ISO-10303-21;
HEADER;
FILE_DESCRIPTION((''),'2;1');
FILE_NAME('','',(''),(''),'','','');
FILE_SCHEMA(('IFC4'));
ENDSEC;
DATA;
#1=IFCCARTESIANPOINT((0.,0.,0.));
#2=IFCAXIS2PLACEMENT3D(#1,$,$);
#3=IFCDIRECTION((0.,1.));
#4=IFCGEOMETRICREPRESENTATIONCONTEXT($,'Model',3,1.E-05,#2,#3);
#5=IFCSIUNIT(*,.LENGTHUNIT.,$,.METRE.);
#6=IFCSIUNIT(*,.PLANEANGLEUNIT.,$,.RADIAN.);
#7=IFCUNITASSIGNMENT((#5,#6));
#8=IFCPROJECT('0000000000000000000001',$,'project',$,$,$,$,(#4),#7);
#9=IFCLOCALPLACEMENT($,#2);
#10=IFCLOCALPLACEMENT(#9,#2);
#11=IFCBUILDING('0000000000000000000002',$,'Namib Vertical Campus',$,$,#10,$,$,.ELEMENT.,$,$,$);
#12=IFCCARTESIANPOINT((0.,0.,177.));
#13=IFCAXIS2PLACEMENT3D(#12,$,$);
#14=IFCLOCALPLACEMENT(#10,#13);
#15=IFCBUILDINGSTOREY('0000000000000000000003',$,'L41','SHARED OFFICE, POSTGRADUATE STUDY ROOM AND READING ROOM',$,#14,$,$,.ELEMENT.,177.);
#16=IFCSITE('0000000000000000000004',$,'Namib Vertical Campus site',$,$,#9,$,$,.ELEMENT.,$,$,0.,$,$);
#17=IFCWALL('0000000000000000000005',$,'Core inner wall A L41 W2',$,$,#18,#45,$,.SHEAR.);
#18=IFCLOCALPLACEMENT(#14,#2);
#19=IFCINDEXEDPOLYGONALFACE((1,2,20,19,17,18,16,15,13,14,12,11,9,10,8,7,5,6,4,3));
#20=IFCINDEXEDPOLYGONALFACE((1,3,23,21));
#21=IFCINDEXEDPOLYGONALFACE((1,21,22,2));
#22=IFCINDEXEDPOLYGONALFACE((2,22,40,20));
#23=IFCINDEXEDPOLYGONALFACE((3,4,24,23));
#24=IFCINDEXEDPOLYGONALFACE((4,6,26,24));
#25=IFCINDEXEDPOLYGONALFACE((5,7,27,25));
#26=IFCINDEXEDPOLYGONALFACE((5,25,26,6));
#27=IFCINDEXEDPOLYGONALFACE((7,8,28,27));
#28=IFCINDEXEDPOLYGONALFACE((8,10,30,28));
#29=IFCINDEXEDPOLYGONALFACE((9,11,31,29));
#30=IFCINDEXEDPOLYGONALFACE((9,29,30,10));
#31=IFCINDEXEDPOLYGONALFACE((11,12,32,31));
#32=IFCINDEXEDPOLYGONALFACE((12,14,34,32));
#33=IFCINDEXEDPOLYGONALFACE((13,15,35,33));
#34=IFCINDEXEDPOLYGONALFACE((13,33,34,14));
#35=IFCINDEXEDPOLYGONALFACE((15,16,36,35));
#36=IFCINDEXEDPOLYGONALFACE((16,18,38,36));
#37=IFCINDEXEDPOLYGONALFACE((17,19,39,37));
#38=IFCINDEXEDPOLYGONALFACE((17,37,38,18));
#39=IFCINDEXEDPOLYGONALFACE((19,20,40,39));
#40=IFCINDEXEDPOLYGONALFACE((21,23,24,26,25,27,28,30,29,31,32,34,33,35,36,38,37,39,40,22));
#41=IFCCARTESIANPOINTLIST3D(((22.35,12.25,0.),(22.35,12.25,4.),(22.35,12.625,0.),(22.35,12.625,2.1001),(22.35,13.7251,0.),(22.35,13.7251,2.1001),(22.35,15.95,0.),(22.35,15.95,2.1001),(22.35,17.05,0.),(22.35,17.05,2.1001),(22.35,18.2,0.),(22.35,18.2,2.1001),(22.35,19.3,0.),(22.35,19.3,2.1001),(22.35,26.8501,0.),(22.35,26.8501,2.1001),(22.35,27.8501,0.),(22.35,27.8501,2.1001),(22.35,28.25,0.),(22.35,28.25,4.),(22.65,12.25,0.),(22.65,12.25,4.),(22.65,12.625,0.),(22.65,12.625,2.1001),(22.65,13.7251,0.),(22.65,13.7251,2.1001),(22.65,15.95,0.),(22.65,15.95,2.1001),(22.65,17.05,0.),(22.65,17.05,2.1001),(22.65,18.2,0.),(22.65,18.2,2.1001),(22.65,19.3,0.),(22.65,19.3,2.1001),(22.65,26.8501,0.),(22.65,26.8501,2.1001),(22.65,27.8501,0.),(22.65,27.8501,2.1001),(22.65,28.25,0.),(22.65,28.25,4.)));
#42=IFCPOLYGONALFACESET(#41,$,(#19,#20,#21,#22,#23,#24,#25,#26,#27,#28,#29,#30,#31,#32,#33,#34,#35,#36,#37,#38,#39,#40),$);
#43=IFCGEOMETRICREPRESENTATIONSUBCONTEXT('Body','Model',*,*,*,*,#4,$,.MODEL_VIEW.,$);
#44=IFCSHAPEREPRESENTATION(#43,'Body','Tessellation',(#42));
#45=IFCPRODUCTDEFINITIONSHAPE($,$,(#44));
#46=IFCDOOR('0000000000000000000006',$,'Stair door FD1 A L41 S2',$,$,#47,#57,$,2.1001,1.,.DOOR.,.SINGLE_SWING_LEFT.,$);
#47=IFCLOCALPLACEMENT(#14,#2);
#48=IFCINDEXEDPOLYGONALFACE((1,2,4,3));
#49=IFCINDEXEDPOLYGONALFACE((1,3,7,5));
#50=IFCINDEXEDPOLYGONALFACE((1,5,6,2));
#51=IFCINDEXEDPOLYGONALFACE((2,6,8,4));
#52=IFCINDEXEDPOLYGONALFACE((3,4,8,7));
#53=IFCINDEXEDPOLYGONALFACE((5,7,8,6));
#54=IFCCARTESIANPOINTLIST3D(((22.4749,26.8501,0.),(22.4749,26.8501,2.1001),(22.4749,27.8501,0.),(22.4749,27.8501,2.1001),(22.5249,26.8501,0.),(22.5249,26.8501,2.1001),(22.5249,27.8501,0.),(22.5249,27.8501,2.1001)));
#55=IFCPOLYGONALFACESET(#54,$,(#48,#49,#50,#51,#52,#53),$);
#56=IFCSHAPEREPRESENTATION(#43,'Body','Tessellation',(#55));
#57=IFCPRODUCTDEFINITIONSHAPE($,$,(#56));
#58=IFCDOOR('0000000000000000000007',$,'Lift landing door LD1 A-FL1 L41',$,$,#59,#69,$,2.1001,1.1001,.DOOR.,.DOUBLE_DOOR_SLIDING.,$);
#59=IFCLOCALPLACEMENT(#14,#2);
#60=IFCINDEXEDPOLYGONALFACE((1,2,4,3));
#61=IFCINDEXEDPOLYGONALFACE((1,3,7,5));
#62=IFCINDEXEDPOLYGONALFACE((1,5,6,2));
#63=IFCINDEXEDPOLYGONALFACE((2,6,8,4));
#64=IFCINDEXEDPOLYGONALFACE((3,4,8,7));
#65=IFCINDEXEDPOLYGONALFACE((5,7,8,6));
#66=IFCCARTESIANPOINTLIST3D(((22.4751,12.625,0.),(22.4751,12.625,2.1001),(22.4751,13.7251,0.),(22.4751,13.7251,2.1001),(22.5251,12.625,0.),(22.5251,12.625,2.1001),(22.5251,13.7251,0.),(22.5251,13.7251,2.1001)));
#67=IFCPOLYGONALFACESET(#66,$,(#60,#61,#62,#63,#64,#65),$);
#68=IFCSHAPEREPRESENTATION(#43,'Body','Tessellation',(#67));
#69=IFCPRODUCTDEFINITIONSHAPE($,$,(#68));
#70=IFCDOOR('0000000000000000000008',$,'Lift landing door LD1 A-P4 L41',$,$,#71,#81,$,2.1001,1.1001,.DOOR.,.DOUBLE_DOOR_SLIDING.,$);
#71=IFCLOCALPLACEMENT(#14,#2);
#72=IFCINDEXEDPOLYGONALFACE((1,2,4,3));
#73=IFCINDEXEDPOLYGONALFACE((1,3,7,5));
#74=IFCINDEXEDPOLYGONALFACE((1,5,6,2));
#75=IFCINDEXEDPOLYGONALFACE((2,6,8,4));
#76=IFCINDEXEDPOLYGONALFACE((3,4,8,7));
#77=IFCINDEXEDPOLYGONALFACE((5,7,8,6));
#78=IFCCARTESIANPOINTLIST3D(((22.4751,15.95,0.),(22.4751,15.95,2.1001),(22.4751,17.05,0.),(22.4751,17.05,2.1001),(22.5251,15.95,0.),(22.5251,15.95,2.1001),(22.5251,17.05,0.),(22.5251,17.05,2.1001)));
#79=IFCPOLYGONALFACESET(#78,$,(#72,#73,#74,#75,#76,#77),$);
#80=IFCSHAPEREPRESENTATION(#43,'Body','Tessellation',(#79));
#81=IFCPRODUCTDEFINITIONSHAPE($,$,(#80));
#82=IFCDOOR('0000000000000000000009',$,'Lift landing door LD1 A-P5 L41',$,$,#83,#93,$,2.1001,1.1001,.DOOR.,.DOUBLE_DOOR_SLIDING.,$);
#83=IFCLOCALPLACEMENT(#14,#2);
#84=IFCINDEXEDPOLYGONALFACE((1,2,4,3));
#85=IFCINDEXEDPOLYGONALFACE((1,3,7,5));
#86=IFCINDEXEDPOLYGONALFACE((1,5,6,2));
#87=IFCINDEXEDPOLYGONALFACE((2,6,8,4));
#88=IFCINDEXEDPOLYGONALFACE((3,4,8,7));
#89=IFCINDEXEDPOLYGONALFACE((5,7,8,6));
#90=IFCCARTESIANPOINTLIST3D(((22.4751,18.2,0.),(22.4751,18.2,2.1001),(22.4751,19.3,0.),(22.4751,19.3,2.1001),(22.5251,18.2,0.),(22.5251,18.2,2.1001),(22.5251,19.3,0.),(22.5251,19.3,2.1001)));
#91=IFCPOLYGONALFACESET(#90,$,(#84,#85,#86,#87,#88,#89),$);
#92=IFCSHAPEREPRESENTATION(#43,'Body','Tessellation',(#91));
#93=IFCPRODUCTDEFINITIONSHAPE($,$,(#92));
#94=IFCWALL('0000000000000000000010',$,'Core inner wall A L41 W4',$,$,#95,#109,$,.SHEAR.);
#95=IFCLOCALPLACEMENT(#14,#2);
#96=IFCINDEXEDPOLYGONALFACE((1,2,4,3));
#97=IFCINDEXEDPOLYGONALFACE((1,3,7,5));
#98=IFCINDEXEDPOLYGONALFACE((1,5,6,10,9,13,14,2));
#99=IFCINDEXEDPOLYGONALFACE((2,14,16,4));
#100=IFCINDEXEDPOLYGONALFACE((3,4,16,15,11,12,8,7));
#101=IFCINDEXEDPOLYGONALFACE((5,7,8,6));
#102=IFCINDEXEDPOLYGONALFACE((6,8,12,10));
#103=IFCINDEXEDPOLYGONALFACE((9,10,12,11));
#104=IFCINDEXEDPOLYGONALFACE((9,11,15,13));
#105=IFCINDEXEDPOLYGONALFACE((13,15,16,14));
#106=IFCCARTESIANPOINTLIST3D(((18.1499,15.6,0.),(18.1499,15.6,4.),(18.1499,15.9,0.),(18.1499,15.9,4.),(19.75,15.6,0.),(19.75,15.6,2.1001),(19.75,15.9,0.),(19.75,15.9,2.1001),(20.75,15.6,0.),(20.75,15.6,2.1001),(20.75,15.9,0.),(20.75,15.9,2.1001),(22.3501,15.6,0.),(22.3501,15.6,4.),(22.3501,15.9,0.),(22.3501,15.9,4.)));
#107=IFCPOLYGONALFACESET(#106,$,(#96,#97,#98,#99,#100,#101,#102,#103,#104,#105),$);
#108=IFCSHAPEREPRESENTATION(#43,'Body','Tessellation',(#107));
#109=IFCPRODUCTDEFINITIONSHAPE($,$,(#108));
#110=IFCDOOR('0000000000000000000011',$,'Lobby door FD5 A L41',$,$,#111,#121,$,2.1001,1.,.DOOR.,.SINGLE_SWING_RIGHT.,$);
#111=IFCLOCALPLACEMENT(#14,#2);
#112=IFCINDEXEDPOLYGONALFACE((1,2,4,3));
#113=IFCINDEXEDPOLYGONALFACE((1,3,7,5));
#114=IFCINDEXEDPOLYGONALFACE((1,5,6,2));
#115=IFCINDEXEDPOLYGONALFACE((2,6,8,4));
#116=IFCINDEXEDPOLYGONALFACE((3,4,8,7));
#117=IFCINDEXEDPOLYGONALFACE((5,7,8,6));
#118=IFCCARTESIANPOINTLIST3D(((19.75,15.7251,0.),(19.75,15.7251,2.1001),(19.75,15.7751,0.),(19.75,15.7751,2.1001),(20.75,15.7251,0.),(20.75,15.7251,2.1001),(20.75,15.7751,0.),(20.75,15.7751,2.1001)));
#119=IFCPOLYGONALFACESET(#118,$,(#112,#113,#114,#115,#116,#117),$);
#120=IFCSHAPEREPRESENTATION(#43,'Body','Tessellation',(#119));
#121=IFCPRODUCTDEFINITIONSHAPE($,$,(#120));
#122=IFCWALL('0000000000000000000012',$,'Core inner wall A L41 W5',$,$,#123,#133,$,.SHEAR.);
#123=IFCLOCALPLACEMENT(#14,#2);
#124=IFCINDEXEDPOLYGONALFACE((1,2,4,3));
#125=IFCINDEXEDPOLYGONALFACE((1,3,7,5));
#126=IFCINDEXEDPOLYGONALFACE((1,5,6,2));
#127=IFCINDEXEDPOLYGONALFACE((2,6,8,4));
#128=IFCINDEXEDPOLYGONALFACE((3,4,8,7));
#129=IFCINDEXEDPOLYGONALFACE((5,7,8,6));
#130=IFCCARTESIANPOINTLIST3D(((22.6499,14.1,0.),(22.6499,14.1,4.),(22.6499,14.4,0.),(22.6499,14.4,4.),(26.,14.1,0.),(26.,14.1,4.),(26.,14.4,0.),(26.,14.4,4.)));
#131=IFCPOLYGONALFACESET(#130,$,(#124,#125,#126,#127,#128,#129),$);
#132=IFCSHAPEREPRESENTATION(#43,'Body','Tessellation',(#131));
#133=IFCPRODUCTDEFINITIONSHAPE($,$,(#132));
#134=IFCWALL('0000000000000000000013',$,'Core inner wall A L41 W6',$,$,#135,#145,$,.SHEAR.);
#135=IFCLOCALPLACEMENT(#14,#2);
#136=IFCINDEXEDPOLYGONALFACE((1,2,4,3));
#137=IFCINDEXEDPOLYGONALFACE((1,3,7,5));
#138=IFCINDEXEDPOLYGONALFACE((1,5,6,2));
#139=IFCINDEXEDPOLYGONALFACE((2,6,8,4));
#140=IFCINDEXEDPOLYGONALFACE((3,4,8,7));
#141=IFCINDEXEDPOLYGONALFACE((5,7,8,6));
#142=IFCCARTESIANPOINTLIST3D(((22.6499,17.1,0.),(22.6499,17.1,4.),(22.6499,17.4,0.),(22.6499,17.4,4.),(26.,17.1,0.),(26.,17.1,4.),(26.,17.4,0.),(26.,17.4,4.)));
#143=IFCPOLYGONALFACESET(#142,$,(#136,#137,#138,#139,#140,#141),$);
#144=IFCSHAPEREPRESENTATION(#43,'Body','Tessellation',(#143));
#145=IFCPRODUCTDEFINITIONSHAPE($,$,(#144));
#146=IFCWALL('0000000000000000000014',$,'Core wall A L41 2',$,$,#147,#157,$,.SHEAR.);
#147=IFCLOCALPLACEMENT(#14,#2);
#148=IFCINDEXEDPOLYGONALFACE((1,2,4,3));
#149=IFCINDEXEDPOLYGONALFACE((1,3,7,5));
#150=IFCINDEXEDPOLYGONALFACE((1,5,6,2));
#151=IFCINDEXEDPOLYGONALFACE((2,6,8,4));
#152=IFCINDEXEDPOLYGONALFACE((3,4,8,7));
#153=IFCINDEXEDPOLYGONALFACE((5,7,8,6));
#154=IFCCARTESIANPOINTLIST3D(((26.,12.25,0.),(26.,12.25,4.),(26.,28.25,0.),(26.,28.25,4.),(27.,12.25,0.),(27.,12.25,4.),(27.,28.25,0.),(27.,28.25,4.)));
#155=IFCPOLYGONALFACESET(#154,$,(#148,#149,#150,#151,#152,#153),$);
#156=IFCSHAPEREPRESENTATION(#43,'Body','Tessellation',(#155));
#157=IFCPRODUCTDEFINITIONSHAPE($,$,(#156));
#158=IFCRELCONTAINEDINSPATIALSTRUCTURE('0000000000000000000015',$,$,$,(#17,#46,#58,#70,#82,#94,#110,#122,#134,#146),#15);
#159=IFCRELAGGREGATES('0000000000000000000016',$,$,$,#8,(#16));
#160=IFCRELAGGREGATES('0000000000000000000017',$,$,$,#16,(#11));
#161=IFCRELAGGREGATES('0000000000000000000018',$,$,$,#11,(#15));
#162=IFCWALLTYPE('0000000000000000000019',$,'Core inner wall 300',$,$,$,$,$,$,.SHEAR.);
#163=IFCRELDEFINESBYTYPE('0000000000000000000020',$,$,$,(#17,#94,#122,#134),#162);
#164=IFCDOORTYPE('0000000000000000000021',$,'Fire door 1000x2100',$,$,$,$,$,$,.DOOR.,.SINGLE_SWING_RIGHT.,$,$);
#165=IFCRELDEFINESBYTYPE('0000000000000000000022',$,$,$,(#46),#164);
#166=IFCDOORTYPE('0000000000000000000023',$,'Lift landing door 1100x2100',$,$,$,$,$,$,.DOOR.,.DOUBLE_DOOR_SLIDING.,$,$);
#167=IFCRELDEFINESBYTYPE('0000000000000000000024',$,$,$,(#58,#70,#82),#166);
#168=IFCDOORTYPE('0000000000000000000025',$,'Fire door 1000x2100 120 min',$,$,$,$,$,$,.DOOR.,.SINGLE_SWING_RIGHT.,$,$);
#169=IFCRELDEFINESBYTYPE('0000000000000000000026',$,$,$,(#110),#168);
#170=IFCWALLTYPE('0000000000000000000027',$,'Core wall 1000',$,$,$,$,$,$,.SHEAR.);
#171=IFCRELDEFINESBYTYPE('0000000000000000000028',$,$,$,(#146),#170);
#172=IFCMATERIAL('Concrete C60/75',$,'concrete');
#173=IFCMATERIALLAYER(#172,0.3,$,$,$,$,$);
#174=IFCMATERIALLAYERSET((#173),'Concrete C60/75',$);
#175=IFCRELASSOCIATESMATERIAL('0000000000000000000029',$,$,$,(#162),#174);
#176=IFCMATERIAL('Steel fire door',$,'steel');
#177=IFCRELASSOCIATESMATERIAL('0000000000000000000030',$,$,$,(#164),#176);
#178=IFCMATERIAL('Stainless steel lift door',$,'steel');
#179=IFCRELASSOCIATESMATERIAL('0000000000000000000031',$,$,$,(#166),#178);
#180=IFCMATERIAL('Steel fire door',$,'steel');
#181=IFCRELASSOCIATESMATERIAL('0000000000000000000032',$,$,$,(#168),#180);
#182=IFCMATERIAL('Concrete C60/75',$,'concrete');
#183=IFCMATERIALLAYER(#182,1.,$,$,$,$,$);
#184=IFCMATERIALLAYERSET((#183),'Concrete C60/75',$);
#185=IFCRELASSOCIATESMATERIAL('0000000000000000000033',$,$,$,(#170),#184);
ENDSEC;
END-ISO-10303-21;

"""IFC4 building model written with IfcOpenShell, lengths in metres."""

from ifc_helpers import new_model, si_unit, direction, frame, frame_2d, origin, place, context, subcontext, project, spatial, rectangle, extrude, material, layer, layer_set, type_object, element, fill, save


model = new_model("IFC4")

# Units and contexts
model_context = context("Model", 3, precision=1e-05, world=origin(), true_north=direction((0.0, 1.0)))
body_context = subcontext(model_context, "Body", "Model", "MODEL_VIEW")
ifc_project = project(units=[si_unit("LENGTHUNIT", "METRE"), si_unit("PLANEANGLEUNIT", "RADIAN")], contexts=[model_context])

# Site, building, storey
site_placement = place(None, origin())
site = spatial("IfcSite", under=ifc_project, at=site_placement, Name="Namib Vertical Campus site", CompositionType="ELEMENT", RefElevation=0.0)
building_placement = place(site_placement, origin())
building = spatial("IfcBuilding", under=site, at=building_placement, Name="Namib Vertical Campus", CompositionType="ELEMENT")
storey_placement = place(building_placement, frame((0.0, 0.0, 177.0)))
storey = spatial("IfcBuildingStorey", under=building, at=storey_placement, Name="L41", Description="SHARED OFFICE, POSTGRADUATE STUDY ROOM AND READING ROOM", CompositionType="ELEMENT", Elevation=177.0)

# Wall, openings, doors
ifc_material_1 = material(Name="Concrete C60/75", Category="concrete")
ifc_layer_1 = layer(ifc_material_1, 0.3)
ifc_layer_set_1 = layer_set([ifc_layer_1], Name="Concrete C60/75")
wall_type_1 = type_object("IfcWallType", Name="Core inner wall 300", PredefinedType="SHEAR", material=ifc_layer_set_1)
ifc_material_2 = material(Name="Steel fire door", Category="steel")
door_type_1 = type_object("IfcDoorType", Name="Fire door 1000x2100", OperationType="SINGLE_SWING_RIGHT", PredefinedType="DOOR", material=ifc_material_2)
ifc_material_3 = material(Name="Stainless steel lift door", Category="steel")
door_type_2 = type_object("IfcDoorType", Name="Lift landing door 1100x2100", OperationType="DOUBLE_DOOR_SLIDING", PredefinedType="DOOR", material=ifc_material_3)
wall_1_placement = place(storey_placement, frame((22.5, 12.25, 0.0), z_axis=(0.0, 0.0, 1.0), x_axis=(0.0, 1.0, 0.0)))
wall_1 = element("IfcWall", 1, at=wall_1_placement, inside=storey, type_object=wall_type_1, Name="Core inner wall A L41 W2", PredefinedType="SHEAR", context=body_context, shape_type="SweptSolid", body=[
    extrude(rectangle(XDim=16.0, YDim=0.3, at=frame_2d((8.0, 0.0))), origin(), (0.0, 0.0, 1.0), 4.0),
])
opening_1_placement = place(wall_1_placement, frame((14.6001, 0.0, 0.0)))
opening_1 = element("IfcOpeningElement", 2, at=opening_1_placement, cuts=wall_1, PredefinedType="OPENING", context=body_context, shape_type="SweptSolid", body=[
    extrude(rectangle(XDim=1.0, YDim=2.1001, at=frame_2d((0.5, 1.05))), frame((0.0, 0.1599, 0.0), z_axis=(0.0, -1.0, 0.0), x_axis=(1.0, 0.0, 0.0)), (0.0, 0.0, 1.0), 0.3201),
])
opening_2_placement = place(wall_1_placement, frame((0.375, 0.0, 0.0)))
opening_2 = element("IfcOpeningElement", 3, at=opening_2_placement, cuts=wall_1, PredefinedType="OPENING", context=body_context, shape_type="SweptSolid", body=[
    extrude(rectangle(XDim=1.1001, YDim=2.1001, at=frame_2d((0.55, 1.05))), frame((0.0, 0.1599, 0.0), z_axis=(0.0, -1.0, 0.0), x_axis=(1.0, 0.0, 0.0)), (0.0, 0.0, 1.0), 0.3201),
])
opening_3_placement = place(wall_1_placement, frame((3.7, 0.0, 0.0)))
opening_3 = element("IfcOpeningElement", 4, at=opening_3_placement, cuts=wall_1, PredefinedType="OPENING", context=body_context, shape_type="SweptSolid", body=[
    extrude(rectangle(XDim=1.1001, YDim=2.1001, at=frame_2d((0.55, 1.05))), frame((0.0, 0.1599, 0.0), z_axis=(0.0, -1.0, 0.0), x_axis=(1.0, 0.0, 0.0)), (0.0, 0.0, 1.0), 0.3201),
])
opening_4_placement = place(wall_1_placement, frame((5.95, 0.0, 0.0)))
opening_4 = element("IfcOpeningElement", 5, at=opening_4_placement, cuts=wall_1, PredefinedType="OPENING", context=body_context, shape_type="SweptSolid", body=[
    extrude(rectangle(XDim=1.1001, YDim=2.1001, at=frame_2d((0.55, 1.05))), frame((0.0, 0.1599, 0.0), z_axis=(0.0, -1.0, 0.0), x_axis=(1.0, 0.0, 0.0)), (0.0, 0.0, 1.0), 0.3201),
])
door_1_placement = place(opening_1_placement, frame((1.0, 0.0, 0.0), z_axis=(0.0, 0.0, 1.0), x_axis=(-1.0, 0.0, 0.0)))
door_1 = element("IfcDoor", 6, at=door_1_placement, inside=storey, type_object=door_type_1, Name="Stair door FD1 A L41 S2", OperationType="SINGLE_SWING_LEFT", OverallHeight=2.1001, OverallWidth=1.0, PredefinedType="DOOR", context=body_context, shape_type="SweptSolid", body=[
    extrude(rectangle(XDim=1.0, YDim=2.1001, at=frame_2d((0.5, 1.05))), frame((0.0, 0.0249, 0.0), z_axis=(0.0, -1.0, 0.0), x_axis=(1.0, 0.0, 0.0)), (0.0, 0.0, 1.0), 0.05),
])
fill(opening_1, door_1)
door_2_placement = place(opening_2_placement, origin())
door_2 = element("IfcDoor", 7, at=door_2_placement, inside=storey, type_object=door_type_2, Name="Lift landing door LD1 A-FL1 L41", OperationType="DOUBLE_DOOR_SLIDING", OverallHeight=2.1001, OverallWidth=1.1001, PredefinedType="DOOR", context=body_context, shape_type="SweptSolid", body=[
    extrude(rectangle(XDim=1.1001, YDim=2.1001, at=frame_2d((0.55, 1.05))), frame((0.0, 0.0249, 0.0), z_axis=(0.0, -1.0, 0.0), x_axis=(1.0, 0.0, 0.0)), (0.0, 0.0, 1.0), 0.05),
])
fill(opening_2, door_2)
door_3_placement = place(opening_3_placement, origin())
door_3 = element("IfcDoor", 8, at=door_3_placement, inside=storey, type_object=door_type_2, Name="Lift landing door LD1 A-P4 L41", OperationType="DOUBLE_DOOR_SLIDING", OverallHeight=2.1001, OverallWidth=1.1001, PredefinedType="DOOR", context=body_context, shape_type="SweptSolid", body=[
    extrude(rectangle(XDim=1.1001, YDim=2.1001, at=frame_2d((0.55, 1.05))), frame((0.0, 0.0249, 0.0), z_axis=(0.0, -1.0, 0.0), x_axis=(1.0, 0.0, 0.0)), (0.0, 0.0, 1.0), 0.05),
])
fill(opening_3, door_3)
door_4_placement = place(opening_4_placement, origin())
door_4 = element("IfcDoor", 9, at=door_4_placement, inside=storey, type_object=door_type_2, Name="Lift landing door LD1 A-P5 L41", OperationType="DOUBLE_DOOR_SLIDING", OverallHeight=2.1001, OverallWidth=1.1001, PredefinedType="DOOR", context=body_context, shape_type="SweptSolid", body=[
    extrude(rectangle(XDim=1.1001, YDim=2.1001, at=frame_2d((0.55, 1.05))), frame((0.0, 0.0249, 0.0), z_axis=(0.0, -1.0, 0.0), x_axis=(1.0, 0.0, 0.0)), (0.0, 0.0, 1.0), 0.05),
])
fill(opening_4, door_4)

# Wall, opening, door
wall_2_placement = place(storey_placement, frame((18.1499, 15.75, 0.0), z_axis=(0.0, 0.0, 1.0), x_axis=(1.0, 0.0, 0.0)))
wall_2 = element("IfcWall", 10, at=wall_2_placement, inside=storey, type_object=wall_type_1, Name="Core inner wall A L41 W4", PredefinedType="SHEAR", context=body_context, shape_type="SweptSolid", body=[
    extrude(rectangle(XDim=4.2002, YDim=0.3, at=frame_2d((2.1001, 0.0))), origin(), (0.0, 0.0, 1.0), 4.0),
])
opening_5_placement = place(wall_2_placement, frame((1.6001, 0.0, 0.0)))
opening_5 = element("IfcOpeningElement", 11, at=opening_5_placement, cuts=wall_2, PredefinedType="OPENING", context=body_context, shape_type="SweptSolid", body=[
    extrude(rectangle(XDim=1.0, YDim=2.1001, at=frame_2d((0.5, 1.05))), frame((0.0, 0.1599, 0.0), z_axis=(0.0, -1.0, 0.0), x_axis=(1.0, 0.0, 0.0)), (0.0, 0.0, 1.0), 0.3201),
])
ifc_material_4 = material(Name="Steel fire door", Category="steel")
door_type_3 = type_object("IfcDoorType", Name="Fire door 1000x2100 120 min", OperationType="SINGLE_SWING_RIGHT", PredefinedType="DOOR", material=ifc_material_4)
door_5_placement = place(opening_5_placement, frame((1.0, 0.0, 0.0), z_axis=(0.0, 0.0, 1.0), x_axis=(-1.0, 0.0, 0.0)))
door_5 = element("IfcDoor", 12, at=door_5_placement, inside=storey, type_object=door_type_3, Name="Lobby door FD5 A L41", OperationType="SINGLE_SWING_RIGHT", OverallHeight=2.1001, OverallWidth=1.0, PredefinedType="DOOR", context=body_context, shape_type="SweptSolid", body=[
    extrude(rectangle(XDim=1.0, YDim=2.1001, at=frame_2d((0.5, 1.05))), frame((0.0, 0.0249, 0.0), z_axis=(0.0, -1.0, 0.0), x_axis=(1.0, 0.0, 0.0)), (0.0, 0.0, 1.0), 0.05),
])
fill(opening_5, door_5)

# Walls
for number, where, z_axis, x_axis, name in (
    (13, (22.6499, 14.25, 0.0), (0.0, 0.0, 1.0), (1.0, 0.0, 0.0), "Core inner wall A L41 W5"),
    (14, (22.6499, 17.25, 0.0), (0.0, 0.0, 1.0), (1.0, 0.0, 0.0), "Core inner wall A L41 W6"),
):
    element("IfcWall", number, at=place(storey_placement, frame(where, z_axis=z_axis, x_axis=x_axis)), inside=storey, type_object=wall_type_1, Name=name, PredefinedType="SHEAR", context=body_context, shape_type="SweptSolid", body=[
        extrude(rectangle(XDim=3.3501, YDim=0.3, at=frame_2d((1.675, 0.0))), origin(), (0.0, 0.0, 1.0), 4.0),
    ])
ifc_material_5 = material(Name="Concrete C60/75", Category="concrete")
ifc_layer_2 = layer(ifc_material_5, 1.0)
ifc_layer_set_2 = layer_set([ifc_layer_2], Name="Concrete C60/75")
wall_type_2 = type_object("IfcWallType", Name="Core wall 1000", PredefinedType="SHEAR", material=ifc_layer_set_2)
wall_3_placement = place(storey_placement, frame((26.5, 12.25, 0.0), z_axis=(0.0, 0.0, 1.0), x_axis=(0.0, 1.0, 0.0)))
element("IfcWall", 15, at=wall_3_placement, inside=storey, type_object=wall_type_2, Name="Core wall A L41 2", PredefinedType="SHEAR", context=body_context, shape_type="SweptSolid", body=[
    extrude(rectangle(XDim=16.0, YDim=1.0, at=frame_2d((8.0, 0.0))), origin(), (0.0, 0.0, 1.0), 4.0),
])

save(model, "model.ifc")
